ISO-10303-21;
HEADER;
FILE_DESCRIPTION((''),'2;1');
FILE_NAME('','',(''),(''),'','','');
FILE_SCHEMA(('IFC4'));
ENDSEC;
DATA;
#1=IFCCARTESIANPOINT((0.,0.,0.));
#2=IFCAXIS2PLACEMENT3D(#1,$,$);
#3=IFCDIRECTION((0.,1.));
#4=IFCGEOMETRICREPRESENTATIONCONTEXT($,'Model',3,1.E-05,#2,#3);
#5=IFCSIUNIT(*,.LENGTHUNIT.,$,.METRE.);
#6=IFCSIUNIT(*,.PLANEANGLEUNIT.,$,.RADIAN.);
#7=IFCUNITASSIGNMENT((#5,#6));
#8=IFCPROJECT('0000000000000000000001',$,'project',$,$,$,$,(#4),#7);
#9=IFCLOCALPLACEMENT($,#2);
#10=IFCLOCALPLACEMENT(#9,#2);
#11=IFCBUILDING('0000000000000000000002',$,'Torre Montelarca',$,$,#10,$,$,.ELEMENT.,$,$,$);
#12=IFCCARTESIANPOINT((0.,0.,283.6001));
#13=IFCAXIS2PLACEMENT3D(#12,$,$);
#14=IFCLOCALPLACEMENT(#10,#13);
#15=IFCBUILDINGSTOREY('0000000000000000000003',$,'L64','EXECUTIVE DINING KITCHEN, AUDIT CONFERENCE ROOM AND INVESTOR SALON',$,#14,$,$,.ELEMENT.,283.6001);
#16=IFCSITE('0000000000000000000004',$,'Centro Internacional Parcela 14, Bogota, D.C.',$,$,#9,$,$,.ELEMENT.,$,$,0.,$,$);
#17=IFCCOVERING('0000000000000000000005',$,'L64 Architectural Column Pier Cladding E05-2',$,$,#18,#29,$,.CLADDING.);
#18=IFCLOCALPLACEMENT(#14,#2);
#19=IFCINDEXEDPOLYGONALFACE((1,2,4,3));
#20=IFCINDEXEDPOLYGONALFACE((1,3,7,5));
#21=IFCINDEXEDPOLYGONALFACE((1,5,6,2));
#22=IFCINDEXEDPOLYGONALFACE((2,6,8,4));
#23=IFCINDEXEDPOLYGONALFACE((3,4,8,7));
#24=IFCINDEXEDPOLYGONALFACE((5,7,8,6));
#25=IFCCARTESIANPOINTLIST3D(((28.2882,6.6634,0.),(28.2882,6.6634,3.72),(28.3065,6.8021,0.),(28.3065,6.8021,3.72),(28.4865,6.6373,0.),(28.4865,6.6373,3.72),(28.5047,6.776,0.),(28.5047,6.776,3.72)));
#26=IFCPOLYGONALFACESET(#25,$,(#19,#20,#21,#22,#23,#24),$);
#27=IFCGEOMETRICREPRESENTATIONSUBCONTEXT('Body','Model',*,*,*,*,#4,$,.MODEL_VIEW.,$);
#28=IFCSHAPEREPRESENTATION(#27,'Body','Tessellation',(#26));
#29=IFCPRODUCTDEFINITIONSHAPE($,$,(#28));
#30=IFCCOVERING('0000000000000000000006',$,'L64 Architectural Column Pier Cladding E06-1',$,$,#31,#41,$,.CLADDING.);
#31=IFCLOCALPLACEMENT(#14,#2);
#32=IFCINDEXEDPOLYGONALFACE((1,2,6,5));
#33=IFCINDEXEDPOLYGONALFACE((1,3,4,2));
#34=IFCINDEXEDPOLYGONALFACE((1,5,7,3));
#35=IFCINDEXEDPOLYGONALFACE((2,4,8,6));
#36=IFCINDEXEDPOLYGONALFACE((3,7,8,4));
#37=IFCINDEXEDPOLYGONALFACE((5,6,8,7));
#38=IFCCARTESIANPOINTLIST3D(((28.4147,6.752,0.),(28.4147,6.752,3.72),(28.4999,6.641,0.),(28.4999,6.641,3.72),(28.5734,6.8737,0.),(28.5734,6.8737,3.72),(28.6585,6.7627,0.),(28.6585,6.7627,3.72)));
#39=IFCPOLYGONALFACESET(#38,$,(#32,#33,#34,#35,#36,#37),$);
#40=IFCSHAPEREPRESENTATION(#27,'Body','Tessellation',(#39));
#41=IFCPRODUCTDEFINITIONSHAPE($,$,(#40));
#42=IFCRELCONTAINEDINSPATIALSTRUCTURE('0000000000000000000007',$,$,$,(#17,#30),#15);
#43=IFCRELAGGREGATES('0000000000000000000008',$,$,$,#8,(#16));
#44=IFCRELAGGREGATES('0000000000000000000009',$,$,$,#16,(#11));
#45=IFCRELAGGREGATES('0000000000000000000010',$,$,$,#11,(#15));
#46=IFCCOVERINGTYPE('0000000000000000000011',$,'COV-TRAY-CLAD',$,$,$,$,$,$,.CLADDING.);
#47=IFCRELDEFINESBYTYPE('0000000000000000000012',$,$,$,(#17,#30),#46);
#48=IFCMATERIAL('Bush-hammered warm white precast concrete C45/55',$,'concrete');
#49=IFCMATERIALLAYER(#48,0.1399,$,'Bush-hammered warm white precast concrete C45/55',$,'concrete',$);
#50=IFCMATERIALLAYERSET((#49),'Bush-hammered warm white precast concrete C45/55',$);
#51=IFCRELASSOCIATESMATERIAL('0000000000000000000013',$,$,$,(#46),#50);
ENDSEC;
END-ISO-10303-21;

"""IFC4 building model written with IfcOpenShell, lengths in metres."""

from ifc_helpers import new_model, si_unit, direction, frame, origin, origin_2d, place, context, subcontext, project, spatial, rectangle, extrude, source, transform, mapped, material, layer, layer_set, type_object, element, save


model = new_model("IFC4")

# Units and contexts
model_context = context("Model", 3, precision=1e-05, world=origin(), true_north=direction((0.0, 1.0)))
body_context = subcontext(model_context, "Body", "Model", "MODEL_VIEW")
ifc_project = project(units=[si_unit("LENGTHUNIT", "METRE"), si_unit("PLANEANGLEUNIT", "RADIAN")], contexts=[model_context])

# Site, building, storey
site_placement = place(None, origin())
site = spatial("IfcSite", under=ifc_project, at=site_placement, Name="Centro Internacional Parcela 14, Bogota, D.C.", CompositionType="ELEMENT", RefElevation=0.0)
building_placement = place(site_placement, origin())
building = spatial("IfcBuilding", under=site, at=building_placement, Name="Torre Montelarca", CompositionType="ELEMENT")
storey_placement = place(building_placement, frame((0.0, 0.0, 283.6001)))
storey = spatial("IfcBuildingStorey", under=building, at=storey_placement, Name="L64", Description="EXECUTIVE DINING KITCHEN, AUDIT CONFERENCE ROOM AND INVESTOR SALON", CompositionType="ELEMENT", Elevation=283.6001)

# Coverings
ifc_material_1 = material(Name="Bush-hammered warm white precast concrete C45/55", Category="concrete")
ifc_layer_1 = layer(ifc_material_1, 0.1399, Name="Bush-hammered warm white precast concrete C45/55", Category="concrete")
ifc_layer_set_1 = layer_set([ifc_layer_1], Name="Bush-hammered warm white precast concrete C45/55")
covering_type = type_object("IfcCoveringType", Name="COV-TRAY-CLAD", PredefinedType="CLADDING", material=ifc_layer_set_1)
shared_shape_1 = source(origin(), body_context, "Body", "SweptSolid", [
    extrude(rectangle(XDim=0.2, YDim=0.1399, at=origin_2d()), origin(), (0.0, 0.0, 1.0), 3.72),
])
for number, where, z_axis, x_axis, name in (
    (1, (28.3965, 6.7197, 0.0), (0.0, 0.0, 1.0), (0.991444, -0.130531, 0.0), "L64 Architectural Column Pier Cladding E05-2"),
    (2, (28.5366, 6.7573, 0.0), (0.0, 0.0, 1.0), (0.79335, 0.608766, 0.0), "L64 Architectural Column Pier Cladding E06-1"),
):
    element("IfcCovering", number, at=place(storey_placement, frame(where, z_axis=z_axis, x_axis=x_axis)), inside=storey, type_object=covering_type, Name=name, PredefinedType="CLADDING", context=body_context, shape_type="MappedRepresentation", body=[
        mapped(shared_shape_1, transform((0.0, 0.0, 0.0), scale=1.0)),
    ])

save(model, "model.ifc")
